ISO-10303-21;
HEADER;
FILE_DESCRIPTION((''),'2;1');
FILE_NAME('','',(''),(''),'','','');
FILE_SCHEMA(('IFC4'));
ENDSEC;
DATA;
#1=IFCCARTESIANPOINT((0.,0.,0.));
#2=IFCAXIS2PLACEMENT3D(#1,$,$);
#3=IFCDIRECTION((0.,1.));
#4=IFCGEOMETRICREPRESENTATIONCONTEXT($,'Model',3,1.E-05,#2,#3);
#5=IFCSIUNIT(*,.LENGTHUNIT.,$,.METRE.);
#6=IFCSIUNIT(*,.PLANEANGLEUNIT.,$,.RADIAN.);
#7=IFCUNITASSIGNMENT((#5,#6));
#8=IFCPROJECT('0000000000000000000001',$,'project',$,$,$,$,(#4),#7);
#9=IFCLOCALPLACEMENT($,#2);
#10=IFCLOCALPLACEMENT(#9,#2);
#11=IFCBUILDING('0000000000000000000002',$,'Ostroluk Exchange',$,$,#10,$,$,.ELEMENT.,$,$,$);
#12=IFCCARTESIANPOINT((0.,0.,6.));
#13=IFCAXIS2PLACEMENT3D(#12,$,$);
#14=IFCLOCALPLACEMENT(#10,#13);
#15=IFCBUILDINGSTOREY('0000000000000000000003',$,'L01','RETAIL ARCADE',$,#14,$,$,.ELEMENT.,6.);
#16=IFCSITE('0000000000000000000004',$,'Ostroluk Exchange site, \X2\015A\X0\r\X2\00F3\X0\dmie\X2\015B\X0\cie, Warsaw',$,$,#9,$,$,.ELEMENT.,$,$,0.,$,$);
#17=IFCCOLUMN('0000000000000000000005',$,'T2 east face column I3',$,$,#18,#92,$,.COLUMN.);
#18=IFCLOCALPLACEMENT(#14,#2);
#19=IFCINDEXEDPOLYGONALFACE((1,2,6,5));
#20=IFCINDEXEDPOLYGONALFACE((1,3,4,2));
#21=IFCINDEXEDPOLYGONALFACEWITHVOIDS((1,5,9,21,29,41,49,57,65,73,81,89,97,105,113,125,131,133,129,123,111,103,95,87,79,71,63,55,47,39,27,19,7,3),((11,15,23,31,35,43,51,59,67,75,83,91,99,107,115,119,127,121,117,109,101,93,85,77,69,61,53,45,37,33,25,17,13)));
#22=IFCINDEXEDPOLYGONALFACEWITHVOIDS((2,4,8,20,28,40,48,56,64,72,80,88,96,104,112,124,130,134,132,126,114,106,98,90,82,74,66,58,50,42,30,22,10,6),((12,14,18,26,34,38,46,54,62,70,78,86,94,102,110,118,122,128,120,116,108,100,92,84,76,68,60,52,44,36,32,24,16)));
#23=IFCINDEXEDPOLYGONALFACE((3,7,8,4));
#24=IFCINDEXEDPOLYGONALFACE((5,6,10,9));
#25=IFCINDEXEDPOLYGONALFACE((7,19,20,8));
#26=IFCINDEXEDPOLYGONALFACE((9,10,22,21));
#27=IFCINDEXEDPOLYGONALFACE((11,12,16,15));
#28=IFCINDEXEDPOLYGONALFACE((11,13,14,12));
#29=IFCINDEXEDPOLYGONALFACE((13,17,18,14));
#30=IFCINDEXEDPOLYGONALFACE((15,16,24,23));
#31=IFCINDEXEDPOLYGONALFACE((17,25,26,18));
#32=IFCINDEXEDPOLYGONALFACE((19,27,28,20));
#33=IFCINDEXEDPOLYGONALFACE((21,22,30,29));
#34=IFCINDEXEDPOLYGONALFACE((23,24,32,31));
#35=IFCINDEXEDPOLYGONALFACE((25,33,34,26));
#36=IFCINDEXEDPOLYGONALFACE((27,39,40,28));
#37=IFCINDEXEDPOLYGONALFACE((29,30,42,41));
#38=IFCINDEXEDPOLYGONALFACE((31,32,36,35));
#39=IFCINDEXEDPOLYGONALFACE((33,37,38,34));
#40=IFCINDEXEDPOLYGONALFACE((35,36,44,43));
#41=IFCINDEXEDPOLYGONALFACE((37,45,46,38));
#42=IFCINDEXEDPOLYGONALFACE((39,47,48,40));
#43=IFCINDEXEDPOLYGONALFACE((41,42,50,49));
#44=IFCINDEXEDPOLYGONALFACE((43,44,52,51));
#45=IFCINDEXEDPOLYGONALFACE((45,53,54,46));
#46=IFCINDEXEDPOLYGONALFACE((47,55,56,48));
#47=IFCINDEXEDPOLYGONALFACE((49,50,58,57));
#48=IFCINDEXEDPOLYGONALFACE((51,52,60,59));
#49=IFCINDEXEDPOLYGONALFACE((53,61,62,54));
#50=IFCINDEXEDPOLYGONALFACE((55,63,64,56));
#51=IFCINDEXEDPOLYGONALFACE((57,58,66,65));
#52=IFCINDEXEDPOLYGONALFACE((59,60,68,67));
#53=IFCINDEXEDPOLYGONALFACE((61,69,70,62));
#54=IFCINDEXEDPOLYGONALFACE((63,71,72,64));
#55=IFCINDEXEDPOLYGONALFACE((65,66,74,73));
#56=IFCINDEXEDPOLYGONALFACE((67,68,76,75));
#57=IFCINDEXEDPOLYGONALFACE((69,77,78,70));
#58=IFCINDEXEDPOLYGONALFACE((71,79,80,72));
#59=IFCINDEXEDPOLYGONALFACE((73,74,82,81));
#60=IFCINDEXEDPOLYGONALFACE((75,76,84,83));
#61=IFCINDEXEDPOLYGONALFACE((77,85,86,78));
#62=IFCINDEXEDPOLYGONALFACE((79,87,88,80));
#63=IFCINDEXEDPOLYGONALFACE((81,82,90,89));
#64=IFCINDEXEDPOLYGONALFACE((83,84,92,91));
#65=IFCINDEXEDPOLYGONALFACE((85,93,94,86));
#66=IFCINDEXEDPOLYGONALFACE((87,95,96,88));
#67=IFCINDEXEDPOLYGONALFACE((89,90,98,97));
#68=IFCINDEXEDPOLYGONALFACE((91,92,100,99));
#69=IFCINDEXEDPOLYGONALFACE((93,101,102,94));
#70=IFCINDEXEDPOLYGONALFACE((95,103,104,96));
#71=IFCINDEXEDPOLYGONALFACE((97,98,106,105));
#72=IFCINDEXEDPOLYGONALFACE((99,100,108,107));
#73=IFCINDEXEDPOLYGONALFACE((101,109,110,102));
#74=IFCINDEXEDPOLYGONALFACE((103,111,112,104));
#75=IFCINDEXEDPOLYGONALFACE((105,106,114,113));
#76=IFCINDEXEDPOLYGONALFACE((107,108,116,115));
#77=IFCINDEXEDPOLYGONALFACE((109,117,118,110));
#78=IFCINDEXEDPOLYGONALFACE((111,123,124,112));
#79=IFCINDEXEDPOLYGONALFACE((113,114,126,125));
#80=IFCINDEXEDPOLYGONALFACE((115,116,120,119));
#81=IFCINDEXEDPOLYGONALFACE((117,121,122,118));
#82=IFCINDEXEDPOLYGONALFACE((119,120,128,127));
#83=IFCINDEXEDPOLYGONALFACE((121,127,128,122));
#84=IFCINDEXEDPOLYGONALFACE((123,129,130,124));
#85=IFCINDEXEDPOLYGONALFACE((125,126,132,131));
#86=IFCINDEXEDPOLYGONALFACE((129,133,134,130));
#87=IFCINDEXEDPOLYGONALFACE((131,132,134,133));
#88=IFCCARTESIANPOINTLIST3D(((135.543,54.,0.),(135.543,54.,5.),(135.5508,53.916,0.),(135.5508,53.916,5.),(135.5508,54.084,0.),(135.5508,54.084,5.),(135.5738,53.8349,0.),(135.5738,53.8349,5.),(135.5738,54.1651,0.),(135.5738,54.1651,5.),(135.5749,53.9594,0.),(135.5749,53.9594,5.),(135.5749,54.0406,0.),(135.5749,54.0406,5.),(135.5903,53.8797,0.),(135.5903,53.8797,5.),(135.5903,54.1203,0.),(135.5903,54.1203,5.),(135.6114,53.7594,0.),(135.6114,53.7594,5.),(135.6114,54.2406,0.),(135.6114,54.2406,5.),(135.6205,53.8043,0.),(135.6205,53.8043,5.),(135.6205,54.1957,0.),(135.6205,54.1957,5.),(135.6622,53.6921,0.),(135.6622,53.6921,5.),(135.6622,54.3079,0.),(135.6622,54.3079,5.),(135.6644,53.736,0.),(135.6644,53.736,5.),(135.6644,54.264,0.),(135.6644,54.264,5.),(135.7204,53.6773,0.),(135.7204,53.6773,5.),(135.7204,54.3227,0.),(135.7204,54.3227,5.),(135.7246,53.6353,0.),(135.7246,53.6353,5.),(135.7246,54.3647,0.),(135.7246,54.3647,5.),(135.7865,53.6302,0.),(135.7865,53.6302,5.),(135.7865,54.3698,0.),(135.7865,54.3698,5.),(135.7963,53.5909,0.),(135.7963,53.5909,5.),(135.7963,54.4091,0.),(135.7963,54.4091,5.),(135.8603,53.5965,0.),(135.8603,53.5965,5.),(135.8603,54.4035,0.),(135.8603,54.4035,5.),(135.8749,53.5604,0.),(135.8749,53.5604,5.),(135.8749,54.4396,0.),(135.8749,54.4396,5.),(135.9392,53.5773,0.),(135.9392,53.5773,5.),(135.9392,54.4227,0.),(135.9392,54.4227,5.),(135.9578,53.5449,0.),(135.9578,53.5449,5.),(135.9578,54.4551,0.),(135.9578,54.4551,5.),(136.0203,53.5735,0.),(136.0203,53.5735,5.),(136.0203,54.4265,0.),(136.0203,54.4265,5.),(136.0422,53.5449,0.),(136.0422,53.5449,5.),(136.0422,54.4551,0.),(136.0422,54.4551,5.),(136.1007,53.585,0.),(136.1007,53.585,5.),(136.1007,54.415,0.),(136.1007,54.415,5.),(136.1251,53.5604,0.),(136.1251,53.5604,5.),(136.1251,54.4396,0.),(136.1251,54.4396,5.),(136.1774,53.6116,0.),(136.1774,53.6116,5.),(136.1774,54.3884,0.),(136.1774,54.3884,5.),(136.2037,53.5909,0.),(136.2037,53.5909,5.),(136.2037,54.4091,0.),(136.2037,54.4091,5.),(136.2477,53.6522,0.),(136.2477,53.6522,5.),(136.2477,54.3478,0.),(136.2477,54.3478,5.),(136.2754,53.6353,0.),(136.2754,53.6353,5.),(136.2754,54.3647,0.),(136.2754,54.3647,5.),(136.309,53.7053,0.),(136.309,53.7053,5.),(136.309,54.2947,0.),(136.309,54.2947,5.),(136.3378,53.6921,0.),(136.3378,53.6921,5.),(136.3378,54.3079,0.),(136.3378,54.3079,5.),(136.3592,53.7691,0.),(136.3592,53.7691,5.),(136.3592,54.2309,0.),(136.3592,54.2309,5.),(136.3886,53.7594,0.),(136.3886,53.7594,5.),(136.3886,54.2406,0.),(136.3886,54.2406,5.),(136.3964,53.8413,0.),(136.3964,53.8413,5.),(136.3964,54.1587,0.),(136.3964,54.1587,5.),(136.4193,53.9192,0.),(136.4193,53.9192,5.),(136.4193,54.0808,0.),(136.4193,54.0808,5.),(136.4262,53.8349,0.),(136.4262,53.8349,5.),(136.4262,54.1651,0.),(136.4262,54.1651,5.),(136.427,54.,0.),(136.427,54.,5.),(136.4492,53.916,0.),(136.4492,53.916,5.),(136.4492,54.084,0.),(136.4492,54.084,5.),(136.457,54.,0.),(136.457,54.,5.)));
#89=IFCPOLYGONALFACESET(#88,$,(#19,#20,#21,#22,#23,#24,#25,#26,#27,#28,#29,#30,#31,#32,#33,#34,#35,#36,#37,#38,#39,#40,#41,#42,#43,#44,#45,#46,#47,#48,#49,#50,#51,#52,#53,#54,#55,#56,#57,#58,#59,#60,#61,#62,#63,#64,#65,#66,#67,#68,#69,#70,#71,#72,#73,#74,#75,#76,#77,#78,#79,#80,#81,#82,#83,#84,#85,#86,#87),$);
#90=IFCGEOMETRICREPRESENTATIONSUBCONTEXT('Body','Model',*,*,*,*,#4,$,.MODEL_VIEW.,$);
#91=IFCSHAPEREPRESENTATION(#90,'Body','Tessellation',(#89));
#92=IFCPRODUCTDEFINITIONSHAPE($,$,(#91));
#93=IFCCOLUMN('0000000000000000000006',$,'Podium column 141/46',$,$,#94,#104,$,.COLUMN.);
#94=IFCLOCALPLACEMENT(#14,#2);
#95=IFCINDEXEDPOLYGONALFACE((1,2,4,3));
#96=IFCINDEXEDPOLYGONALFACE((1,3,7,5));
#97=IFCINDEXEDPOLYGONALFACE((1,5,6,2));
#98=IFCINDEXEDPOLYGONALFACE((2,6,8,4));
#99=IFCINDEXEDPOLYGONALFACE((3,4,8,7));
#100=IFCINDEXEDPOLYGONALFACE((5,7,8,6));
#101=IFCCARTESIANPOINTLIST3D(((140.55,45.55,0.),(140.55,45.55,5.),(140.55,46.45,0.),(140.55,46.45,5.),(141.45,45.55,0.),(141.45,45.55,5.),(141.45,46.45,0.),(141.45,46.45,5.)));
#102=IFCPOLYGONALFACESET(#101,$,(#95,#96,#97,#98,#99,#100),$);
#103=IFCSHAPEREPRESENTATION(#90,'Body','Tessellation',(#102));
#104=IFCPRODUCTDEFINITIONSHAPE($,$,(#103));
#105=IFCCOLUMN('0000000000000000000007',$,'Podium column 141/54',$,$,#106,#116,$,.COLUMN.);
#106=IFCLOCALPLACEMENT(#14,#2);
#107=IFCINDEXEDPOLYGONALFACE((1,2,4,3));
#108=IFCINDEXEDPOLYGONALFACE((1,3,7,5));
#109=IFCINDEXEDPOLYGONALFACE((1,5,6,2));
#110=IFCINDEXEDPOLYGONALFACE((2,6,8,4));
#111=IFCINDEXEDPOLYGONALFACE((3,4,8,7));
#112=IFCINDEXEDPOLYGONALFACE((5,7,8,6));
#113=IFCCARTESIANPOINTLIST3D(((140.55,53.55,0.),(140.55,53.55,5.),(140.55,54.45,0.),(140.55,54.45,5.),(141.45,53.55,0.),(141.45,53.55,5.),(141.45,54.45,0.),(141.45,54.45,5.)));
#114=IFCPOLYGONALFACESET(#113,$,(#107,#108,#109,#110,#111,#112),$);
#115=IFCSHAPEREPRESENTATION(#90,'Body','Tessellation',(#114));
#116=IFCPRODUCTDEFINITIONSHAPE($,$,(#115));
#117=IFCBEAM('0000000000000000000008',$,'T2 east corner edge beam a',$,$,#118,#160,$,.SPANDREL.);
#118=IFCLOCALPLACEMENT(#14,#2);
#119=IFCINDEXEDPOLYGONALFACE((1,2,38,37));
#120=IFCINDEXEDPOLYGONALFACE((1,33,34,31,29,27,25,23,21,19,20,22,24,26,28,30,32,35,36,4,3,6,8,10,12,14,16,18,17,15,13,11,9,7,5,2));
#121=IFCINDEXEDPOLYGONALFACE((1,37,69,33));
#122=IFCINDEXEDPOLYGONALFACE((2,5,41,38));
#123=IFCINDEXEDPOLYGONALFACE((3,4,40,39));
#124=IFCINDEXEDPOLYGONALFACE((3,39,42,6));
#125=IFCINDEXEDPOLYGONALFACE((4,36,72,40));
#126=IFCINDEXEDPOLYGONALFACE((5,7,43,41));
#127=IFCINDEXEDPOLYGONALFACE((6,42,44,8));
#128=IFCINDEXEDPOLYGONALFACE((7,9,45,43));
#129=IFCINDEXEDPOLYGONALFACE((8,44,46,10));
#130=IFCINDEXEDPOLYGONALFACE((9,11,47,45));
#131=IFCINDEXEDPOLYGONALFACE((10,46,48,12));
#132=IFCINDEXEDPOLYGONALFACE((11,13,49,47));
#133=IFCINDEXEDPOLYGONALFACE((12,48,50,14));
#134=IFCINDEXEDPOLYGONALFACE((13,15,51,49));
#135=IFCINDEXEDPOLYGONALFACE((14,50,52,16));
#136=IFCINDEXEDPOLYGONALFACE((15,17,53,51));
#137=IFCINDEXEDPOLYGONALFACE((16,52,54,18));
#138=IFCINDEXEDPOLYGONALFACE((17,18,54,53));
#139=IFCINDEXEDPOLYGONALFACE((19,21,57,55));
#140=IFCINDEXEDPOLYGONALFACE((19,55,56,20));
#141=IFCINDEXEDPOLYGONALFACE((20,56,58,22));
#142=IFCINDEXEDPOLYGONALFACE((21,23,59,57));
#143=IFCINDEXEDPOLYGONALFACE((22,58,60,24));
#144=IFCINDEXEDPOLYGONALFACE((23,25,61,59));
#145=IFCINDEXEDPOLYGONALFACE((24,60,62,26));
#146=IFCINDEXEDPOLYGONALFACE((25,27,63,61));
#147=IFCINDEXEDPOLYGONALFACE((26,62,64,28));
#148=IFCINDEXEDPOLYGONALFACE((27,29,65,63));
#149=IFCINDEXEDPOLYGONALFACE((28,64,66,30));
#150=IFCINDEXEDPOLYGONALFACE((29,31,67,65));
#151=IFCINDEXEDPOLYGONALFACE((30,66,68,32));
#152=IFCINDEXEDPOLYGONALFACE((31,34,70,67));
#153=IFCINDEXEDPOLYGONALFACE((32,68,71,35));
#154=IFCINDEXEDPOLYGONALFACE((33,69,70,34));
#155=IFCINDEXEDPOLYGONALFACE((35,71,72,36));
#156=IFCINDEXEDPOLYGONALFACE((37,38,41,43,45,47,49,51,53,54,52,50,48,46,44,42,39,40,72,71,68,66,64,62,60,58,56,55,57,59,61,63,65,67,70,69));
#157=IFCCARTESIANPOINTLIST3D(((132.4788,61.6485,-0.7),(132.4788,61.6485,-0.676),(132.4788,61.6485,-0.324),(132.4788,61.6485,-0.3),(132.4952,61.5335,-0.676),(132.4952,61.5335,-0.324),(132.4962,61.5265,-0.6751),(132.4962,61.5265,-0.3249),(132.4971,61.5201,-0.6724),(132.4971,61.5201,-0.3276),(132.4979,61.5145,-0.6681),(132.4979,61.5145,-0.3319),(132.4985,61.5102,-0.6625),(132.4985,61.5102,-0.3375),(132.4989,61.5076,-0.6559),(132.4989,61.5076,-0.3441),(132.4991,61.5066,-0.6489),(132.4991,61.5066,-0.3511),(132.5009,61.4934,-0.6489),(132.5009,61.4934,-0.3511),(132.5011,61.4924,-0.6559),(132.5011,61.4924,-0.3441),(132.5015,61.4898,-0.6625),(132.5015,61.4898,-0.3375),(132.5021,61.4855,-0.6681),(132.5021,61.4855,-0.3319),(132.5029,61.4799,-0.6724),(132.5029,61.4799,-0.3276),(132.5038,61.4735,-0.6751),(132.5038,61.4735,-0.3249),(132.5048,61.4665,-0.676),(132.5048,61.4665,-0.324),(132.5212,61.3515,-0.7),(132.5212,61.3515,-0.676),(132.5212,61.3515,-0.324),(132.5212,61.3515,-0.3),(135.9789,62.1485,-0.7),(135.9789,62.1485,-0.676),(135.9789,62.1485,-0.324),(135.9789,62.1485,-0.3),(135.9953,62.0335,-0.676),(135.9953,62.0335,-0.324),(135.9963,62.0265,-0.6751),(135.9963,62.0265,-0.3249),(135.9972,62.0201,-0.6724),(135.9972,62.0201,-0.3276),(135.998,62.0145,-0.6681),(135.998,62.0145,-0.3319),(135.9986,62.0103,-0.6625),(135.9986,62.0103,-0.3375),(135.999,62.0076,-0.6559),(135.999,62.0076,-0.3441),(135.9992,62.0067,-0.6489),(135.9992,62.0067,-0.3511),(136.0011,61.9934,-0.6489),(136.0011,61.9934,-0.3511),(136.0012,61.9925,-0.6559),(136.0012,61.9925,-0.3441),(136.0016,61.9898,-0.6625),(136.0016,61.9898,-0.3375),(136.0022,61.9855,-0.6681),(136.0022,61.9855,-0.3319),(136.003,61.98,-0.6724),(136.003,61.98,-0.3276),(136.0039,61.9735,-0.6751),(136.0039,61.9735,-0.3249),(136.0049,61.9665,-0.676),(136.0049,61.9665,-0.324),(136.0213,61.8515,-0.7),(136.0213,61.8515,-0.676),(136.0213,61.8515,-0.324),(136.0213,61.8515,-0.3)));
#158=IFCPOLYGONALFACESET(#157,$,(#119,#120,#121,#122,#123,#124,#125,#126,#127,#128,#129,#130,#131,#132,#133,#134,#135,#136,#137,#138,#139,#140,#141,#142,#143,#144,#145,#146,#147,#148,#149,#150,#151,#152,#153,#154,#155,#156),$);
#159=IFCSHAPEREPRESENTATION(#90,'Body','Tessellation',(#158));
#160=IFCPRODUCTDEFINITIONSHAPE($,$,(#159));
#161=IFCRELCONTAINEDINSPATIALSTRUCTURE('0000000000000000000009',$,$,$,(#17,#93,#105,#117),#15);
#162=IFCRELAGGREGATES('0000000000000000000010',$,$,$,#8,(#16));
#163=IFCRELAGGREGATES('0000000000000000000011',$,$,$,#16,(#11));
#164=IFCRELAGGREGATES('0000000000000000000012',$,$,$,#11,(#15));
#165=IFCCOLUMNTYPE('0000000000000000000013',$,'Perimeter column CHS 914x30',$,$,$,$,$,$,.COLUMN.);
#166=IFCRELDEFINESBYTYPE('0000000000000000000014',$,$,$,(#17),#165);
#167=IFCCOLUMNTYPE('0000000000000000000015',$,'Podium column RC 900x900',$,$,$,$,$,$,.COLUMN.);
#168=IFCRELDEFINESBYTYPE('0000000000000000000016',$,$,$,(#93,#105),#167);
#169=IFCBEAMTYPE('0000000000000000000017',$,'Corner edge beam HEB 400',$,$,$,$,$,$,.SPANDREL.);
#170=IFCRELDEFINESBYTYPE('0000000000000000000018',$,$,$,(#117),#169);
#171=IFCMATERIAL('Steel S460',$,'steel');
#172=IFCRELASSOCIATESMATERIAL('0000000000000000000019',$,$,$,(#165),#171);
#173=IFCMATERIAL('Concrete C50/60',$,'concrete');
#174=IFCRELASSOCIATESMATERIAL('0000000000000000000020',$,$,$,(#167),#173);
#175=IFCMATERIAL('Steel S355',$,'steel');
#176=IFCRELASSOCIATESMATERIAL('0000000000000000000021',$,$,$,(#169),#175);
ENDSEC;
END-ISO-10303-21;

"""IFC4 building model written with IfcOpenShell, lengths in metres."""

from ifc_helpers import new_model, si_unit, direction, frame, origin, origin_2d, place, context, subcontext, project, spatial, rectangle, hollow_circle, i_section, extrude, material, material_profile, profile_set, type_object, element, save


model = new_model("IFC4")

# Units and contexts
model_context = context("Model", 3, precision=1e-05, world=origin(), true_north=direction((0.0, 1.0)))
body_context = subcontext(model_context, "Body", "Model", "MODEL_VIEW")
ifc_project = project(units=[si_unit("LENGTHUNIT", "METRE"), si_unit("PLANEANGLEUNIT", "RADIAN")], contexts=[model_context])

# Site, building, storey
site_placement = place(None, origin())
site = spatial("IfcSite", under=ifc_project, at=site_placement, Name="Ostroluk Exchange site, Śródmieście, Warsaw", CompositionType="ELEMENT", RefElevation=0.0)
building_placement = place(site_placement, origin())
building = spatial("IfcBuilding", under=site, at=building_placement, Name="Ostroluk Exchange", CompositionType="ELEMENT")
storey_placement = place(building_placement, frame((0.0, 0.0, 6.0)))
storey = spatial("IfcBuildingStorey", under=building, at=storey_placement, Name="L01", Description="RETAIL ARCADE", CompositionType="ELEMENT", Elevation=6.0)

# Columns
ifc_material_1 = material(Name="Steel S460", Category="steel")
ifc_material_profile_1 = material_profile(ifc_material_1, hollow_circle(Radius=0.457, WallThickness=0.03, at=origin_2d()), Name="CHS 914x30")
ifc_profile_set_1 = profile_set([ifc_material_profile_1], Name="Steel S460")
column_type_1 = type_object("IfcColumnType", Name="Perimeter column CHS 914x30", PredefinedType="COLUMN", material=ifc_profile_set_1)
for number, where, z_axis, x_axis, name in (
    (1, (136.0, 54.0, 0.0), (0.0, 0.0, 1.0), (1.0, 0.0, 0.0), "T2 east face column I3"),
):
    element("IfcColumn", number, at=place(storey_placement, frame(where, z_axis=z_axis, x_axis=x_axis)), inside=storey, type_object=column_type_1, Name=name, PredefinedType="COLUMN", context=body_context, shape_type="SweptSolid", body=[
        extrude(hollow_circle(Radius=0.457, WallThickness=0.03, at=origin_2d()), origin(), (0.0, 0.0, 1.0), 5.0),
    ])
ifc_material_2 = material(Name="Concrete C50/60", Category="concrete")
ifc_material_profile_2 = material_profile(ifc_material_2, rectangle(XDim=0.8999, YDim=0.8999, at=origin_2d()), Name="RC 900x900")
ifc_profile_set_2 = profile_set([ifc_material_profile_2], Name="Concrete C50/60")
column_type_2 = type_object("IfcColumnType", Name="Podium column RC 900x900", PredefinedType="COLUMN", material=ifc_profile_set_2)
for number, where, z_axis, x_axis, name in (
    (2, (141.0, 46.0, 0.0), (0.0, 0.0, 1.0), (1.0, 0.0, 0.0), "Podium column 141/46"),
    (3, (141.0, 54.0, 0.0), (0.0, 0.0, 1.0), (1.0, 0.0, 0.0), "Podium column 141/54"),
):
    element("IfcColumn", number, at=place(storey_placement, frame(where, z_axis=z_axis, x_axis=x_axis)), inside=storey, type_object=column_type_2, Name=name, PredefinedType="COLUMN", context=body_context, shape_type="SweptSolid", body=[
        extrude(rectangle(XDim=0.8999, YDim=0.8999, at=origin_2d()), origin(), (0.0, 0.0, 1.0), 5.0),
    ])

# Beam
ifc_material_3 = material(Name="Steel S355", Category="steel")
ifc_material_profile_3 = material_profile(ifc_material_3, i_section(OverallWidth=0.3, OverallDepth=0.3999, WebThickness=0.0134, FlangeThickness=0.0239, FilletRadius=0.0271, at=origin_2d()), Name="HEB 400")
ifc_profile_set_3 = profile_set([ifc_material_profile_3], Name="Steel S355")
beam_type_1 = type_object("IfcBeamType", Name="Corner edge beam HEB 400", PredefinedType="SPANDREL", material=ifc_profile_set_3)
for number, where, z_axis, x_axis, name in (
    (4, (132.5, 61.5, -0.5), (0.989949, 0.141421, 0.0), (-0.141421, 0.989949, 0.0), "T2 east corner edge beam a"),
):
    element("IfcBeam", number, at=place(storey_placement, frame(where, z_axis=z_axis, x_axis=x_axis)), inside=storey, type_object=beam_type_1, Name=name, PredefinedType="SPANDREL", context=body_context, shape_type="SweptSolid", body=[
        extrude(i_section(OverallWidth=0.3, OverallDepth=0.3999, WebThickness=0.0134, FlangeThickness=0.0239, FilletRadius=0.0271, at=origin_2d()), origin(), (0.0, 0.0, 1.0), 3.5356),
    ])

save(model, "model.ifc")
